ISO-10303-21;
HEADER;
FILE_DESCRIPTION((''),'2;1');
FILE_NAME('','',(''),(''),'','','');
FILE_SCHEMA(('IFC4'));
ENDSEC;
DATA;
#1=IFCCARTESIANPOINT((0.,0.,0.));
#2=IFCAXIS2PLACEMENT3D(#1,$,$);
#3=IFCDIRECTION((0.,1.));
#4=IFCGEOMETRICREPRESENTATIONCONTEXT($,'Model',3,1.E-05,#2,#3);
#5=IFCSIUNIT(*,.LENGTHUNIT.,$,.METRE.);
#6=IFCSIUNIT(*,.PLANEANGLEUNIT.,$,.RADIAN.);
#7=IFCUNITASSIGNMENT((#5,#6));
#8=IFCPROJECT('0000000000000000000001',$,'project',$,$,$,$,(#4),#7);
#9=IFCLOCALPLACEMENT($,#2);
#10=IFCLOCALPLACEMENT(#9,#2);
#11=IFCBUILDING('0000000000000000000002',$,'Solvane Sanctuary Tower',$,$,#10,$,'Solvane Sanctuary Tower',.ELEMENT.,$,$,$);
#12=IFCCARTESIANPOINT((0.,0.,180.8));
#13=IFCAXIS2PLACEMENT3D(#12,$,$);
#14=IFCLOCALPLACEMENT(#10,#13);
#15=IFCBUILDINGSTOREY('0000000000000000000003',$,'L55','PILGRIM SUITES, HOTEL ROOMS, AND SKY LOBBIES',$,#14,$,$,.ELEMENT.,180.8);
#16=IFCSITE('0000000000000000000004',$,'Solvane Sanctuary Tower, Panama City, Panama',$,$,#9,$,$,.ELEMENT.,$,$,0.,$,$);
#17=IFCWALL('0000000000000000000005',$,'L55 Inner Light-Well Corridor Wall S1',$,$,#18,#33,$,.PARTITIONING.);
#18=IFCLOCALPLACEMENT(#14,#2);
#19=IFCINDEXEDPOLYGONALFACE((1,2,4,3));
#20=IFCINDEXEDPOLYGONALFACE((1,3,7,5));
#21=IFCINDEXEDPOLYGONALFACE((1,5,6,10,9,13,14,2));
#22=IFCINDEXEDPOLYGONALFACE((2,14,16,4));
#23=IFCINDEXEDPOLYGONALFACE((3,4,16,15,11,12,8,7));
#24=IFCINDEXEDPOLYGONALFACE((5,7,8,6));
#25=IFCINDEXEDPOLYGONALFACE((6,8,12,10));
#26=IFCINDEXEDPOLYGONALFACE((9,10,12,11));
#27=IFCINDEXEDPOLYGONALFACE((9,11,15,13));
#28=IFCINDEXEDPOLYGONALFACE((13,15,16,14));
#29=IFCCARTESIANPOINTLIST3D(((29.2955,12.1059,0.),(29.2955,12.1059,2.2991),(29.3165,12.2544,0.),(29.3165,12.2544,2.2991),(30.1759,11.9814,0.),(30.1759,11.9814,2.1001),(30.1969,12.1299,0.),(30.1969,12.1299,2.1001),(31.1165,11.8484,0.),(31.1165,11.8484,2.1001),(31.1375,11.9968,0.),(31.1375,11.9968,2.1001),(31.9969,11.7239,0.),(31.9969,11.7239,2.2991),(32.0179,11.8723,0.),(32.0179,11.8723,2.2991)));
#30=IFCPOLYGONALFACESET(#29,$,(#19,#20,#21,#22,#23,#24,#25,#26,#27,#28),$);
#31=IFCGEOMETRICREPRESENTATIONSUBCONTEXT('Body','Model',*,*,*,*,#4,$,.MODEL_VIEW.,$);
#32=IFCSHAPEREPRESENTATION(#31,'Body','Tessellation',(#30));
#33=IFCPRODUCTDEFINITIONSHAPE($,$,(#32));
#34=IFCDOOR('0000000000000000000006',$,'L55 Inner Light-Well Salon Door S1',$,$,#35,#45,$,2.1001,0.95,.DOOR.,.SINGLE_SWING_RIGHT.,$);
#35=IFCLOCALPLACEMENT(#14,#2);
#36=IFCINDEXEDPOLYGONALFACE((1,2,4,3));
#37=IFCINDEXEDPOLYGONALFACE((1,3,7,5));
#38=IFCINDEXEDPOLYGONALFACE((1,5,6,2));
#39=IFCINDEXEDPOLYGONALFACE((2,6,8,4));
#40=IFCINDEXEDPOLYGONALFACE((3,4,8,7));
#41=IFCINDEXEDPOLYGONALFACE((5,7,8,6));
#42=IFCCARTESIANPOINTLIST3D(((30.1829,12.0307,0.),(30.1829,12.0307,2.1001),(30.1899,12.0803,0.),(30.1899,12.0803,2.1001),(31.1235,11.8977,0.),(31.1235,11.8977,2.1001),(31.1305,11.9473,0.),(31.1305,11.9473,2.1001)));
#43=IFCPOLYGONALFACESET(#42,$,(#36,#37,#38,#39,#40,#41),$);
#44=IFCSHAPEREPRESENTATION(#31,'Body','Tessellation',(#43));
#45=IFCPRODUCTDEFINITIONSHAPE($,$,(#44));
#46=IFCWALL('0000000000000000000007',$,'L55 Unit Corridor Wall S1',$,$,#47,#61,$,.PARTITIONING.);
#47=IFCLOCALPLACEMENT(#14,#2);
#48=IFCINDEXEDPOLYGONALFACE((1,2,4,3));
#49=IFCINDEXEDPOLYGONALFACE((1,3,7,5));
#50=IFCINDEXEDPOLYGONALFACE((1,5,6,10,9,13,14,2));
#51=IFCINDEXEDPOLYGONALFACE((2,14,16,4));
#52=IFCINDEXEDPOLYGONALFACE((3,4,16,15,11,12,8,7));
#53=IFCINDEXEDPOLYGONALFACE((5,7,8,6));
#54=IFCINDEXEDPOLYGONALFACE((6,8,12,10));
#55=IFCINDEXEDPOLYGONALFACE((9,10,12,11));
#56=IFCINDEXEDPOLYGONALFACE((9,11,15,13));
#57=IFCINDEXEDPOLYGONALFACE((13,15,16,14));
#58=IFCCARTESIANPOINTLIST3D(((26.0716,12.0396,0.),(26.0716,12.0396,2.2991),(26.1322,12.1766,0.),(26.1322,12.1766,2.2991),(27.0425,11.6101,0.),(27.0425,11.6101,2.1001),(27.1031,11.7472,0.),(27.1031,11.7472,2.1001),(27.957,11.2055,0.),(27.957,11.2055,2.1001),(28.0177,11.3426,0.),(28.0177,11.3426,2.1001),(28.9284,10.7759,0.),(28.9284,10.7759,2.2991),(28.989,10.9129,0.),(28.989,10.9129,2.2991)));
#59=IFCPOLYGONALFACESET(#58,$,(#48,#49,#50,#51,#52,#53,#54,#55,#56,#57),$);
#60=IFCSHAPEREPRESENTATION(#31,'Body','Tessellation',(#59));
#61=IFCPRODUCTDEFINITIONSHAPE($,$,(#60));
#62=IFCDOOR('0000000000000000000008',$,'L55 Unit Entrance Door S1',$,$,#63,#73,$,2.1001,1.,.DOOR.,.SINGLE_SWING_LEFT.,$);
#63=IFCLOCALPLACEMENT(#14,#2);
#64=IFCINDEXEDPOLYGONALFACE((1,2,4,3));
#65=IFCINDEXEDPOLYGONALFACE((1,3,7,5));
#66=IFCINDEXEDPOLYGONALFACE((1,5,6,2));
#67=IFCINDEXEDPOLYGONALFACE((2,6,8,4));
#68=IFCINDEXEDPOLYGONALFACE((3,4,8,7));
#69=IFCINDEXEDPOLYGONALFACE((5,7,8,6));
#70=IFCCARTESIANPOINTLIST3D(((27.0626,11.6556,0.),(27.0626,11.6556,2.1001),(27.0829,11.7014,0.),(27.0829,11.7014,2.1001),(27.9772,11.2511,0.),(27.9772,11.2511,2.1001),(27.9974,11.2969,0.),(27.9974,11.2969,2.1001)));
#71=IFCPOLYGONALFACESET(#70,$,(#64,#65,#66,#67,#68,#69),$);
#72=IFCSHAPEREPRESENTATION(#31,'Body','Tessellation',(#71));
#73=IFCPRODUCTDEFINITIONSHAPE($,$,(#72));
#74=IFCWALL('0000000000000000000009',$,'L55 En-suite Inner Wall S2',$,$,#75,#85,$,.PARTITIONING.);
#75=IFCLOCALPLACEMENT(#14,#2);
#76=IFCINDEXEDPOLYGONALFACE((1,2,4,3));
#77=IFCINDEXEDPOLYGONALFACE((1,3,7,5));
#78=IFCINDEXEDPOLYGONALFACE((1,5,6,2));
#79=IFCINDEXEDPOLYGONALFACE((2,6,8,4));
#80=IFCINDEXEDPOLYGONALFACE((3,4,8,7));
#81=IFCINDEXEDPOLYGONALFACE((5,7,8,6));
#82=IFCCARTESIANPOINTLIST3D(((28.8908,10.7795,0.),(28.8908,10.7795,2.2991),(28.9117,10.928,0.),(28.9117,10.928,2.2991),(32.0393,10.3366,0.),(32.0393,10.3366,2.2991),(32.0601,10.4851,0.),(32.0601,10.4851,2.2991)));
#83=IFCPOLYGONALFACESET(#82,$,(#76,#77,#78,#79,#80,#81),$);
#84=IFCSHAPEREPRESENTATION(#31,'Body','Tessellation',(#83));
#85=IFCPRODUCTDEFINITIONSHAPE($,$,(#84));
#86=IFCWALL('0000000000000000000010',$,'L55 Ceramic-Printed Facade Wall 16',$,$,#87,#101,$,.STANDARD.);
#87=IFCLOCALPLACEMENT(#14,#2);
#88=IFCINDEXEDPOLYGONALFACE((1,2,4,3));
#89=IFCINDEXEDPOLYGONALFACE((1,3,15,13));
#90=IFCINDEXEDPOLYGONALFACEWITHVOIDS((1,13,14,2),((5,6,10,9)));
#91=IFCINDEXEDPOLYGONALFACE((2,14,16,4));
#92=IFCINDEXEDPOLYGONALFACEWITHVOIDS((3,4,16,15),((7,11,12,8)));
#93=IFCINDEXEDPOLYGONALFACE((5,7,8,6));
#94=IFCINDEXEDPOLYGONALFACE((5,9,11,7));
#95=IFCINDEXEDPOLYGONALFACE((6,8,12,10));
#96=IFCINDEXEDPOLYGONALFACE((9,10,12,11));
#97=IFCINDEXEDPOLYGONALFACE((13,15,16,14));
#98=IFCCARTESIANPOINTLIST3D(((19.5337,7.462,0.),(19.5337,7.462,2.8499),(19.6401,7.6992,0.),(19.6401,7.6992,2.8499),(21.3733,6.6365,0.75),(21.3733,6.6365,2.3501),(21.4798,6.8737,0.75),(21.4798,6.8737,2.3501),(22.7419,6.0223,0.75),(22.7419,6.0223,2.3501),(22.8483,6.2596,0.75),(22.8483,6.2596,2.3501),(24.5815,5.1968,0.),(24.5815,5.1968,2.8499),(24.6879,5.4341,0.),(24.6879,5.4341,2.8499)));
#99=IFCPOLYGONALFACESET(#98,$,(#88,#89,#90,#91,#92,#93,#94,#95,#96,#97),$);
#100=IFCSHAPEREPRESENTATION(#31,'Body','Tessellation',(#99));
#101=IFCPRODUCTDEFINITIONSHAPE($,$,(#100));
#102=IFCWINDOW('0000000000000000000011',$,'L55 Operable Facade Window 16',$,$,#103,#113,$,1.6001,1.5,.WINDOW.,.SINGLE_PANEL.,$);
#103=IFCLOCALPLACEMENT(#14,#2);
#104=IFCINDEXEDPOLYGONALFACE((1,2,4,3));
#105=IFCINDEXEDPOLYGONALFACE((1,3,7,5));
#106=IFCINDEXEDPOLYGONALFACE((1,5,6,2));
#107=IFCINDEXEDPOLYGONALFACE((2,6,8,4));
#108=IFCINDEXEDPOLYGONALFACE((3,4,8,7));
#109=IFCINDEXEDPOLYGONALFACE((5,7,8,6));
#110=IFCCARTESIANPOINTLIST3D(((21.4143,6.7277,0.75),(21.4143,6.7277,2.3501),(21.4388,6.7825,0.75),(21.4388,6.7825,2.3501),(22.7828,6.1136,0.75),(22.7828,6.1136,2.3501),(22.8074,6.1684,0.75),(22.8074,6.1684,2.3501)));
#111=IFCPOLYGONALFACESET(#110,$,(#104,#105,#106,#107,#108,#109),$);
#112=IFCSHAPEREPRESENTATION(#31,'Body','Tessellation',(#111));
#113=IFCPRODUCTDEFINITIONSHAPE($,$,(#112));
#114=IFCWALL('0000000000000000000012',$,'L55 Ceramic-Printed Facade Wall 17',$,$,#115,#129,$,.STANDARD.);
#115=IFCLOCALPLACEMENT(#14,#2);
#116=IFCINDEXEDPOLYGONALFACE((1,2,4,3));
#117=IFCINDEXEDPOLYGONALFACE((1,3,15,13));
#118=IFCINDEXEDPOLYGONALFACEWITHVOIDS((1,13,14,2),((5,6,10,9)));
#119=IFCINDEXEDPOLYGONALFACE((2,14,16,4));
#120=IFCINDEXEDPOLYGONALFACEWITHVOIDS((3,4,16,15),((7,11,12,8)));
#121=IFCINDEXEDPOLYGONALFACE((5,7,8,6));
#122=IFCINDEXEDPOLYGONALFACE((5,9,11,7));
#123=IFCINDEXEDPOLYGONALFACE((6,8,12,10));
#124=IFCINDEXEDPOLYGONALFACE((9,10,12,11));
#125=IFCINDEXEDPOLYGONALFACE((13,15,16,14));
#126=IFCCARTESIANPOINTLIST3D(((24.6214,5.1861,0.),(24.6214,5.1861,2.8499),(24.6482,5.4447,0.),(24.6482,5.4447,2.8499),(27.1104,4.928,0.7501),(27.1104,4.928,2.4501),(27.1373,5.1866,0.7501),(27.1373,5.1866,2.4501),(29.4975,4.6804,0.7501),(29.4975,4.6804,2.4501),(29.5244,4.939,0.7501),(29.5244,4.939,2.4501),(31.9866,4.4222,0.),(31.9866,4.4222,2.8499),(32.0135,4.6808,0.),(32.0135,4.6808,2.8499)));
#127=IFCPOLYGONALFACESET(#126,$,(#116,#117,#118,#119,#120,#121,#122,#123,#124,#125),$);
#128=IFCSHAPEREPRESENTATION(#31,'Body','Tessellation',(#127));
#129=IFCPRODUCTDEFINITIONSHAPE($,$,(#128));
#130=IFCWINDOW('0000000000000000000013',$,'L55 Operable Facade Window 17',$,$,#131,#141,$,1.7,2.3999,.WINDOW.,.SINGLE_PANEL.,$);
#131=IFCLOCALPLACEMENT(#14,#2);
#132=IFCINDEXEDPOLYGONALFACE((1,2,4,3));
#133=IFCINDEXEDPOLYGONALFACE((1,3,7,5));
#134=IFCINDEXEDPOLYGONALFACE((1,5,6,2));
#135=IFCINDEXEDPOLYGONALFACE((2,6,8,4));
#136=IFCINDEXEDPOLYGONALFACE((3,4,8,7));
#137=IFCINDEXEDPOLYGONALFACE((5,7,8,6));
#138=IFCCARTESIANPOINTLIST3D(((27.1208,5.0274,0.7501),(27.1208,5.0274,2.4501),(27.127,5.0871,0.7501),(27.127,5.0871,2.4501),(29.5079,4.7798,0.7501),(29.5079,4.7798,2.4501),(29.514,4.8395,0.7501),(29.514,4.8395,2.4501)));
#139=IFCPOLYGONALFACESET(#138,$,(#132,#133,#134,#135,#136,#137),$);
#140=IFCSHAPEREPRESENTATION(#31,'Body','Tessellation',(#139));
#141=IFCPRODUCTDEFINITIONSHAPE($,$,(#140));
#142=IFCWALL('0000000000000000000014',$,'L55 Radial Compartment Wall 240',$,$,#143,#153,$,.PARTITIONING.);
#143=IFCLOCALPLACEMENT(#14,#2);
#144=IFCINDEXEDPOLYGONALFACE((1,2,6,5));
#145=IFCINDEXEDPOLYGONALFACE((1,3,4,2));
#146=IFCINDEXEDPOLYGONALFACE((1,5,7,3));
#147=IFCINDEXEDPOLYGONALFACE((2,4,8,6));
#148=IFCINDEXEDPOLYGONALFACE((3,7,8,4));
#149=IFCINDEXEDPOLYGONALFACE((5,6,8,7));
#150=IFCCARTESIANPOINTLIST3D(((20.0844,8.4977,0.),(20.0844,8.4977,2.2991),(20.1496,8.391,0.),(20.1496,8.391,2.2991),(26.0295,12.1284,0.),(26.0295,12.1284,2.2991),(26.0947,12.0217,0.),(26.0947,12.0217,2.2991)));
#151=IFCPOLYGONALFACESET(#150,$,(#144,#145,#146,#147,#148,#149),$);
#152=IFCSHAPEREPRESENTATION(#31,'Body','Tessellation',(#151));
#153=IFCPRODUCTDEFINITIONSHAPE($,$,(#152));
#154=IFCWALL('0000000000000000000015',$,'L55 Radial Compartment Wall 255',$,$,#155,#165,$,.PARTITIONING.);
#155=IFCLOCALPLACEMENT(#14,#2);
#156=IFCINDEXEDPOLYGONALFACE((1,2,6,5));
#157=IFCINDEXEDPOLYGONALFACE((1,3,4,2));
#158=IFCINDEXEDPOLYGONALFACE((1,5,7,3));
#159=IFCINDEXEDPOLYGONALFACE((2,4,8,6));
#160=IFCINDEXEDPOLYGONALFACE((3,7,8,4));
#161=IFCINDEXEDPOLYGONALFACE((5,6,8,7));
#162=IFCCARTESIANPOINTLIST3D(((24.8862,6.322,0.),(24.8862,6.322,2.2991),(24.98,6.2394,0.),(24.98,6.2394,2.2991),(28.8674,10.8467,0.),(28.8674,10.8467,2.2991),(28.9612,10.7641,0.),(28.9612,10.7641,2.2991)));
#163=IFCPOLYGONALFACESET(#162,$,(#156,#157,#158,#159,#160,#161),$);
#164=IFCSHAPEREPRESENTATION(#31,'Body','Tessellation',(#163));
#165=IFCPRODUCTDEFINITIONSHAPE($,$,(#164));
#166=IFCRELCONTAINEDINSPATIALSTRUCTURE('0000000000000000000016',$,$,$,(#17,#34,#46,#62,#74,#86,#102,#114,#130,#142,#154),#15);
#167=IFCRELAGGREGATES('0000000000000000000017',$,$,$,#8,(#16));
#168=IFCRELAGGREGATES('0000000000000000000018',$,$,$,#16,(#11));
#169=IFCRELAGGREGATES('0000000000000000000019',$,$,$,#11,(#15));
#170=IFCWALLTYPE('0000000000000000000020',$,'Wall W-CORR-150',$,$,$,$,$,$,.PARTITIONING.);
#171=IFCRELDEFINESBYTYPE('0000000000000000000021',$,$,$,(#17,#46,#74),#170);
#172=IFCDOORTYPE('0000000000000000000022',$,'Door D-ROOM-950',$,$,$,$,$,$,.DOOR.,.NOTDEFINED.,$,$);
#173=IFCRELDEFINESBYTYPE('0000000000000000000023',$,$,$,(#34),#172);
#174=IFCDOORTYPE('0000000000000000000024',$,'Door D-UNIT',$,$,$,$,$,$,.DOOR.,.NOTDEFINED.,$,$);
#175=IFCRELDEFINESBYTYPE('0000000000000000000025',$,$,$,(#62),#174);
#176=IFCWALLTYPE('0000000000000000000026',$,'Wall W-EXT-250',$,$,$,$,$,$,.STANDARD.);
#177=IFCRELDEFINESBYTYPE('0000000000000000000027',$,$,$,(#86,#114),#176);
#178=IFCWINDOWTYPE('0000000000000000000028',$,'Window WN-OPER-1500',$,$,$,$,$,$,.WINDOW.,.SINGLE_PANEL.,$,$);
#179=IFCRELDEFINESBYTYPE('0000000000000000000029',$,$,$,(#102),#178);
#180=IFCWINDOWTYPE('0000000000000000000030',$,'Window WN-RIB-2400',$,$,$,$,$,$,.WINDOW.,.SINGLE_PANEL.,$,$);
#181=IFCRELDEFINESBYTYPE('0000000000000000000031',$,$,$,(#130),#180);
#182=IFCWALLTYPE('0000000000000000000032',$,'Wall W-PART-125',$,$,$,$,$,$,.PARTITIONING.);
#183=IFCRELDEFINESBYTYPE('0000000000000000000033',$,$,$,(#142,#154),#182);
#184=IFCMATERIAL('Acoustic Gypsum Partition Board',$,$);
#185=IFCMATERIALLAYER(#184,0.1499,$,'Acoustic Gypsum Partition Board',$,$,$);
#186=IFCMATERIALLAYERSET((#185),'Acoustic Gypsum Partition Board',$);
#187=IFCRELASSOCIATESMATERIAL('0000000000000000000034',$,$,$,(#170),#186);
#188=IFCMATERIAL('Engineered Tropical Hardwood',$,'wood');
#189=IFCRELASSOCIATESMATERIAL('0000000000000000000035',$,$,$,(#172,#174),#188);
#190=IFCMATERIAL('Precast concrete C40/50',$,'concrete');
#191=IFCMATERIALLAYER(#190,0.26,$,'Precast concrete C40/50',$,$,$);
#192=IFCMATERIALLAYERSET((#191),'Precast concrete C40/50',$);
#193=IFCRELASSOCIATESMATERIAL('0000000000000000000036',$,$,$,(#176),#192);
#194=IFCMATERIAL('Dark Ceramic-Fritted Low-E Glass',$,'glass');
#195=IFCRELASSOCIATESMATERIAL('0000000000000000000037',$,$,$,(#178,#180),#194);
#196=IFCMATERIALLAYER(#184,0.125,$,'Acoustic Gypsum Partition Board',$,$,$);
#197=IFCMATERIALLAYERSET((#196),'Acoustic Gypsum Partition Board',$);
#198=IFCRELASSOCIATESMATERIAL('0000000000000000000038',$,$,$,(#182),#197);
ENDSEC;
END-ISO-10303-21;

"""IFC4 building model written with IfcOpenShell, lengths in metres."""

from ifc_helpers import new_model, si_unit, direction, frame, frame_2d, origin, place, context, subcontext, project, spatial, rectangle, extrude, material, layer, layer_set, type_object, element, fill, save


model = new_model("IFC4")

# Units and contexts
model_context = context("Model", 3, precision=1e-05, world=origin(), true_north=direction((0.0, 1.0)))
body_context = subcontext(model_context, "Body", "Model", "MODEL_VIEW")
ifc_project = project(units=[si_unit("LENGTHUNIT", "METRE"), si_unit("PLANEANGLEUNIT", "RADIAN")], contexts=[model_context])

# Site, building, storey
site_placement = place(None, origin())
site = spatial("IfcSite", under=ifc_project, at=site_placement, Name="Solvane Sanctuary Tower, Panama City, Panama", CompositionType="ELEMENT", RefElevation=0.0)
building_placement = place(site_placement, origin())
building = spatial("IfcBuilding", under=site, at=building_placement, Name="Solvane Sanctuary Tower", LongName="Solvane Sanctuary Tower", CompositionType="ELEMENT")
storey_placement = place(building_placement, frame((0.0, 0.0, 180.8)))
storey = spatial("IfcBuildingStorey", under=building, at=storey_placement, Name="L55", Description="PILGRIM SUITES, HOTEL ROOMS, AND SKY LOBBIES", CompositionType="ELEMENT", Elevation=180.8)

# Shared definitions
ifc_material_1 = material(Name="Acoustic Gypsum Partition Board")
ifc_layer_1 = layer(ifc_material_1, 0.1499, Name="Acoustic Gypsum Partition Board")
ifc_layer_set_1 = layer_set([ifc_layer_1], Name="Acoustic Gypsum Partition Board")
wall_type_1 = type_object("IfcWallType", Name="Wall W-CORR-150", PredefinedType="PARTITIONING", material=ifc_layer_set_1)

# Walls, openings, doors
wall_1_placement = place(storey_placement, frame((29.3059, 12.1802, 0.0), z_axis=(0.0, 0.0, 1.0), x_axis=(0.990145, -0.140043, 0.0)))
wall_1 = element("IfcWall", 1, at=wall_1_placement, inside=storey, type_object=wall_type_1, Name="L55 Inner Light-Well Corridor Wall S1", PredefinedType="PARTITIONING", context=body_context, shape_type="SweptSolid", body=[
    extrude(rectangle(XDim=2.7283, YDim=0.1499, at=frame_2d((1.3643, 0.0))), origin(), (0.0, 0.0, 1.0), 2.2991),
])
opening_1_placement = place(wall_1_placement, frame((0.8892, 0.0, 0.0)))
opening_1 = element("IfcOpeningElement", 2, at=opening_1_placement, cuts=wall_1, PredefinedType="OPENING", context=body_context, shape_type="SweptSolid", body=[
    extrude(rectangle(XDim=0.95, YDim=2.1001, at=frame_2d((0.4751, 1.05))), frame((0.0, 0.085, 0.0), z_axis=(0.0, -1.0, 0.0), x_axis=(1.0, 0.0, 0.0)), (0.0, 0.0, 1.0), 0.1699),
])
ifc_material_2 = material(Name="Engineered Tropical Hardwood", Category="wood")
door_type_1 = type_object("IfcDoorType", Name="Door D-ROOM-950", OperationType="NOTDEFINED", PredefinedType="DOOR", material=ifc_material_2)
door_1_placement = place(opening_1_placement, origin())
door_1 = element("IfcDoor", 3, at=door_1_placement, inside=storey, type_object=door_type_1, Name="L55 Inner Light-Well Salon Door S1", OperationType="SINGLE_SWING_RIGHT", OverallHeight=2.1001, OverallWidth=0.95, PredefinedType="DOOR", context=body_context, shape_type="SweptSolid", body=[
    extrude(rectangle(XDim=0.95, YDim=2.1001, at=frame_2d((0.4751, 1.05))), frame((0.0, 0.0249, 0.0), z_axis=(0.0, -1.0, 0.0), x_axis=(1.0, 0.0, 0.0)), (0.0, 0.0, 1.0), 0.05),
])
fill(opening_1, door_1)
wall_2_placement = place(storey_placement, frame((26.1018, 12.1082, 0.0), z_axis=(0.0, 0.0, 1.0), x_axis=(0.914519, -0.404542, 0.0)))
wall_2 = element("IfcWall", 4, at=wall_2_placement, inside=storey, type_object=wall_type_1, Name="L55 Unit Corridor Wall S1", PredefinedType="PARTITIONING", context=body_context, shape_type="SweptSolid", body=[
    extrude(rectangle(XDim=3.1238, YDim=0.1499, at=frame_2d((1.562, 0.0))), origin(), (0.0, 0.0, 1.0), 2.2991),
])
opening_2_placement = place(wall_2_placement, frame((1.0618, 0.0, 0.0)))
opening_2 = element("IfcOpeningElement", 5, at=opening_2_placement, cuts=wall_2, PredefinedType="OPENING", context=body_context, shape_type="SweptSolid", body=[
    extrude(rectangle(XDim=1.0, YDim=2.1001, at=frame_2d((0.5, 1.05))), frame((0.0, 0.085, 0.0), z_axis=(0.0, -1.0, 0.0), x_axis=(1.0, 0.0, 0.0)), (0.0, 0.0, 1.0), 0.1699),
])
door_type_2 = type_object("IfcDoorType", Name="Door D-UNIT", OperationType="NOTDEFINED", PredefinedType="DOOR", material=ifc_material_2)
door_2_placement = place(opening_2_placement, origin())
door_2 = element("IfcDoor", 6, at=door_2_placement, inside=storey, type_object=door_type_2, Name="L55 Unit Entrance Door S1", OperationType="SINGLE_SWING_LEFT", OverallHeight=2.1001, OverallWidth=1.0, PredefinedType="DOOR", context=body_context, shape_type="SweptSolid", body=[
    extrude(rectangle(XDim=1.0, YDim=2.1001, at=frame_2d((0.5, 1.05))), frame((0.0, 0.0249, 0.0), z_axis=(0.0, -1.0, 0.0), x_axis=(1.0, 0.0, 0.0)), (0.0, 0.0, 1.0), 0.05),
])
fill(opening_2, door_2)

# Wall
wall_3_placement = place(storey_placement, frame((28.9011, 10.8538, 0.0), z_axis=(0.0, 0.0, 1.0), x_axis=(0.990251, -0.139292, 0.0)))
element("IfcWall", 7, at=wall_3_placement, inside=storey, type_object=wall_type_1, Name="L55 En-suite Inner Wall S2", PredefinedType="PARTITIONING", context=body_context, shape_type="SweptSolid", body=[
    extrude(rectangle(XDim=3.1794, YDim=0.1499, at=frame_2d((1.5898, 0.0))), origin(), (0.0, 0.0, 1.0), 2.2991),
])

# Walls, openings, windows
ifc_material_3 = material(Name="Precast concrete C40/50", Category="concrete")
ifc_layer_2 = layer(ifc_material_3, 0.26, Name="Precast concrete C40/50")
ifc_layer_set_2 = layer_set([ifc_layer_2], Name="Precast concrete C40/50")
wall_type_2 = type_object("IfcWallType", Name="Wall W-EXT-250", PredefinedType="STANDARD", material=ifc_layer_set_2)
wall_4_placement = place(storey_placement, frame((19.5869, 7.5806, 0.0), z_axis=(0.0, 0.0, 1.0), x_axis=(0.912354, -0.409403, 0.0)))
wall_4 = element("IfcWall", 8, at=wall_4_placement, inside=storey, type_object=wall_type_2, Name="L55 Ceramic-Printed Facade Wall 16", PredefinedType="STANDARD", context=body_context, shape_type="SweptSolid", body=[
    extrude(rectangle(XDim=5.5327, YDim=0.26, at=frame_2d((2.7664, 0.0))), origin(), (0.0, 0.0, 1.0), 2.8499),
])
opening_3_placement = place(wall_4_placement, frame((2.0164, 0.0, 0.75)))
opening_3 = element("IfcOpeningElement", 9, at=opening_3_placement, cuts=wall_4, PredefinedType="OPENING", context=body_context, shape_type="SweptSolid", body=[
    extrude(rectangle(XDim=1.5, YDim=1.6001, at=frame_2d((0.75, 0.8))), frame((0.0, 0.1399, 0.0), z_axis=(0.0, -1.0, 0.0), x_axis=(1.0, 0.0, 0.0)), (0.0, 0.0, 1.0), 0.28),
])
ifc_material_4 = material(Name="Dark Ceramic-Fritted Low-E Glass", Category="glass")
window_type_1 = type_object("IfcWindowType", Name="Window WN-OPER-1500", PartitioningType="SINGLE_PANEL", PredefinedType="WINDOW", material=ifc_material_4)
window_1_placement = place(opening_3_placement, origin())
window_1 = element("IfcWindow", 10, at=window_1_placement, inside=storey, type_object=window_type_1, Name="L55 Operable Facade Window 16", OverallHeight=1.6001, OverallWidth=1.5, PartitioningType="SINGLE_PANEL", PredefinedType="WINDOW", context=body_context, shape_type="SweptSolid", body=[
    extrude(rectangle(XDim=1.5, YDim=1.6001, at=frame_2d((0.75, 0.8))), frame((0.0, 0.03, 0.0), z_axis=(0.0, -1.0, 0.0), x_axis=(1.0, 0.0, 0.0)), (0.0, 0.0, 1.0), 0.0601),
])
fill(opening_3, window_1)
wall_5_placement = place(storey_placement, frame((24.6348, 5.3154, 0.0), z_axis=(0.0, 0.0, 1.0), x_axis=(0.994664, -0.103166, 0.0)))
wall_5 = element("IfcWall", 11, at=wall_5_placement, inside=storey, type_object=wall_type_2, Name="L55 Ceramic-Printed Facade Wall 17", PredefinedType="STANDARD", context=body_context, shape_type="SweptSolid", body=[
    extrude(rectangle(XDim=7.4048, YDim=0.26, at=frame_2d((3.7024, 0.0))), origin(), (0.0, 0.0, 1.0), 2.8499),
])
opening_4_placement = place(wall_5_placement, frame((2.5024, 0.0, 0.75)))
opening_4 = element("IfcOpeningElement", 12, at=opening_4_placement, cuts=wall_5, PredefinedType="OPENING", context=body_context, shape_type="SweptSolid", body=[
    extrude(rectangle(XDim=2.3999, YDim=1.7, at=frame_2d((1.2, 0.8501))), frame((0.0, 0.1399, 0.0), z_axis=(0.0, -1.0, 0.0), x_axis=(1.0, 0.0, 0.0)), (0.0, 0.0, 1.0), 0.28),
])
window_type_2 = type_object("IfcWindowType", Name="Window WN-RIB-2400", PartitioningType="SINGLE_PANEL", PredefinedType="WINDOW", material=ifc_material_4)
window_2_placement = place(opening_4_placement, origin())
window_2 = element("IfcWindow", 13, at=window_2_placement, inside=storey, type_object=window_type_2, Name="L55 Operable Facade Window 17", OverallHeight=1.7, OverallWidth=2.3999, PartitioningType="SINGLE_PANEL", PredefinedType="WINDOW", context=body_context, shape_type="SweptSolid", body=[
    extrude(rectangle(XDim=2.3999, YDim=1.7, at=frame_2d((1.2, 0.8501))), frame((0.0, 0.03, 0.0), z_axis=(0.0, -1.0, 0.0), x_axis=(1.0, 0.0, 0.0)), (0.0, 0.0, 1.0), 0.0601),
])
fill(opening_4, window_2)

# Walls
ifc_layer_3 = layer(ifc_material_1, 0.125, Name="Acoustic Gypsum Partition Board")
ifc_layer_set_3 = layer_set([ifc_layer_3], Name="Acoustic Gypsum Partition Board")
wall_type_3 = type_object("IfcWallType", Name="Wall W-PART-125", PredefinedType="PARTITIONING", material=ifc_layer_set_3)
wall_6_placement = place(storey_placement, frame((26.062, 12.075, 0.0), z_axis=(0.0, 0.0, 1.0), x_axis=(-0.85344, -0.521191, 0.0)))
element("IfcWall", 14, at=wall_6_placement, inside=storey, type_object=wall_type_3, Name="L55 Radial Compartment Wall 240", PredefinedType="PARTITIONING", context=body_context, shape_type="SweptSolid", body=[
    extrude(rectangle(XDim=6.9661, YDim=0.125, at=frame_2d((3.4829, 0.0))), origin(), (0.0, 0.0, 1.0), 2.2991),
])
wall_7_placement = place(storey_placement, frame((28.9143, 10.8054, 0.0), z_axis=(0.0, 0.0, 1.0), x_axis=(-0.660581, -0.750754, 0.0)))
element("IfcWall", 15, at=wall_7_placement, inside=storey, type_object=wall_type_3, Name="L55 Radial Compartment Wall 255", PredefinedType="PARTITIONING", context=body_context, shape_type="SweptSolid", body=[
    extrude(rectangle(XDim=6.0269, YDim=0.125, at=frame_2d((3.0134, 0.0))), origin(), (0.0, 0.0, 1.0), 2.2991),
])

save(model, "model.ifc")
